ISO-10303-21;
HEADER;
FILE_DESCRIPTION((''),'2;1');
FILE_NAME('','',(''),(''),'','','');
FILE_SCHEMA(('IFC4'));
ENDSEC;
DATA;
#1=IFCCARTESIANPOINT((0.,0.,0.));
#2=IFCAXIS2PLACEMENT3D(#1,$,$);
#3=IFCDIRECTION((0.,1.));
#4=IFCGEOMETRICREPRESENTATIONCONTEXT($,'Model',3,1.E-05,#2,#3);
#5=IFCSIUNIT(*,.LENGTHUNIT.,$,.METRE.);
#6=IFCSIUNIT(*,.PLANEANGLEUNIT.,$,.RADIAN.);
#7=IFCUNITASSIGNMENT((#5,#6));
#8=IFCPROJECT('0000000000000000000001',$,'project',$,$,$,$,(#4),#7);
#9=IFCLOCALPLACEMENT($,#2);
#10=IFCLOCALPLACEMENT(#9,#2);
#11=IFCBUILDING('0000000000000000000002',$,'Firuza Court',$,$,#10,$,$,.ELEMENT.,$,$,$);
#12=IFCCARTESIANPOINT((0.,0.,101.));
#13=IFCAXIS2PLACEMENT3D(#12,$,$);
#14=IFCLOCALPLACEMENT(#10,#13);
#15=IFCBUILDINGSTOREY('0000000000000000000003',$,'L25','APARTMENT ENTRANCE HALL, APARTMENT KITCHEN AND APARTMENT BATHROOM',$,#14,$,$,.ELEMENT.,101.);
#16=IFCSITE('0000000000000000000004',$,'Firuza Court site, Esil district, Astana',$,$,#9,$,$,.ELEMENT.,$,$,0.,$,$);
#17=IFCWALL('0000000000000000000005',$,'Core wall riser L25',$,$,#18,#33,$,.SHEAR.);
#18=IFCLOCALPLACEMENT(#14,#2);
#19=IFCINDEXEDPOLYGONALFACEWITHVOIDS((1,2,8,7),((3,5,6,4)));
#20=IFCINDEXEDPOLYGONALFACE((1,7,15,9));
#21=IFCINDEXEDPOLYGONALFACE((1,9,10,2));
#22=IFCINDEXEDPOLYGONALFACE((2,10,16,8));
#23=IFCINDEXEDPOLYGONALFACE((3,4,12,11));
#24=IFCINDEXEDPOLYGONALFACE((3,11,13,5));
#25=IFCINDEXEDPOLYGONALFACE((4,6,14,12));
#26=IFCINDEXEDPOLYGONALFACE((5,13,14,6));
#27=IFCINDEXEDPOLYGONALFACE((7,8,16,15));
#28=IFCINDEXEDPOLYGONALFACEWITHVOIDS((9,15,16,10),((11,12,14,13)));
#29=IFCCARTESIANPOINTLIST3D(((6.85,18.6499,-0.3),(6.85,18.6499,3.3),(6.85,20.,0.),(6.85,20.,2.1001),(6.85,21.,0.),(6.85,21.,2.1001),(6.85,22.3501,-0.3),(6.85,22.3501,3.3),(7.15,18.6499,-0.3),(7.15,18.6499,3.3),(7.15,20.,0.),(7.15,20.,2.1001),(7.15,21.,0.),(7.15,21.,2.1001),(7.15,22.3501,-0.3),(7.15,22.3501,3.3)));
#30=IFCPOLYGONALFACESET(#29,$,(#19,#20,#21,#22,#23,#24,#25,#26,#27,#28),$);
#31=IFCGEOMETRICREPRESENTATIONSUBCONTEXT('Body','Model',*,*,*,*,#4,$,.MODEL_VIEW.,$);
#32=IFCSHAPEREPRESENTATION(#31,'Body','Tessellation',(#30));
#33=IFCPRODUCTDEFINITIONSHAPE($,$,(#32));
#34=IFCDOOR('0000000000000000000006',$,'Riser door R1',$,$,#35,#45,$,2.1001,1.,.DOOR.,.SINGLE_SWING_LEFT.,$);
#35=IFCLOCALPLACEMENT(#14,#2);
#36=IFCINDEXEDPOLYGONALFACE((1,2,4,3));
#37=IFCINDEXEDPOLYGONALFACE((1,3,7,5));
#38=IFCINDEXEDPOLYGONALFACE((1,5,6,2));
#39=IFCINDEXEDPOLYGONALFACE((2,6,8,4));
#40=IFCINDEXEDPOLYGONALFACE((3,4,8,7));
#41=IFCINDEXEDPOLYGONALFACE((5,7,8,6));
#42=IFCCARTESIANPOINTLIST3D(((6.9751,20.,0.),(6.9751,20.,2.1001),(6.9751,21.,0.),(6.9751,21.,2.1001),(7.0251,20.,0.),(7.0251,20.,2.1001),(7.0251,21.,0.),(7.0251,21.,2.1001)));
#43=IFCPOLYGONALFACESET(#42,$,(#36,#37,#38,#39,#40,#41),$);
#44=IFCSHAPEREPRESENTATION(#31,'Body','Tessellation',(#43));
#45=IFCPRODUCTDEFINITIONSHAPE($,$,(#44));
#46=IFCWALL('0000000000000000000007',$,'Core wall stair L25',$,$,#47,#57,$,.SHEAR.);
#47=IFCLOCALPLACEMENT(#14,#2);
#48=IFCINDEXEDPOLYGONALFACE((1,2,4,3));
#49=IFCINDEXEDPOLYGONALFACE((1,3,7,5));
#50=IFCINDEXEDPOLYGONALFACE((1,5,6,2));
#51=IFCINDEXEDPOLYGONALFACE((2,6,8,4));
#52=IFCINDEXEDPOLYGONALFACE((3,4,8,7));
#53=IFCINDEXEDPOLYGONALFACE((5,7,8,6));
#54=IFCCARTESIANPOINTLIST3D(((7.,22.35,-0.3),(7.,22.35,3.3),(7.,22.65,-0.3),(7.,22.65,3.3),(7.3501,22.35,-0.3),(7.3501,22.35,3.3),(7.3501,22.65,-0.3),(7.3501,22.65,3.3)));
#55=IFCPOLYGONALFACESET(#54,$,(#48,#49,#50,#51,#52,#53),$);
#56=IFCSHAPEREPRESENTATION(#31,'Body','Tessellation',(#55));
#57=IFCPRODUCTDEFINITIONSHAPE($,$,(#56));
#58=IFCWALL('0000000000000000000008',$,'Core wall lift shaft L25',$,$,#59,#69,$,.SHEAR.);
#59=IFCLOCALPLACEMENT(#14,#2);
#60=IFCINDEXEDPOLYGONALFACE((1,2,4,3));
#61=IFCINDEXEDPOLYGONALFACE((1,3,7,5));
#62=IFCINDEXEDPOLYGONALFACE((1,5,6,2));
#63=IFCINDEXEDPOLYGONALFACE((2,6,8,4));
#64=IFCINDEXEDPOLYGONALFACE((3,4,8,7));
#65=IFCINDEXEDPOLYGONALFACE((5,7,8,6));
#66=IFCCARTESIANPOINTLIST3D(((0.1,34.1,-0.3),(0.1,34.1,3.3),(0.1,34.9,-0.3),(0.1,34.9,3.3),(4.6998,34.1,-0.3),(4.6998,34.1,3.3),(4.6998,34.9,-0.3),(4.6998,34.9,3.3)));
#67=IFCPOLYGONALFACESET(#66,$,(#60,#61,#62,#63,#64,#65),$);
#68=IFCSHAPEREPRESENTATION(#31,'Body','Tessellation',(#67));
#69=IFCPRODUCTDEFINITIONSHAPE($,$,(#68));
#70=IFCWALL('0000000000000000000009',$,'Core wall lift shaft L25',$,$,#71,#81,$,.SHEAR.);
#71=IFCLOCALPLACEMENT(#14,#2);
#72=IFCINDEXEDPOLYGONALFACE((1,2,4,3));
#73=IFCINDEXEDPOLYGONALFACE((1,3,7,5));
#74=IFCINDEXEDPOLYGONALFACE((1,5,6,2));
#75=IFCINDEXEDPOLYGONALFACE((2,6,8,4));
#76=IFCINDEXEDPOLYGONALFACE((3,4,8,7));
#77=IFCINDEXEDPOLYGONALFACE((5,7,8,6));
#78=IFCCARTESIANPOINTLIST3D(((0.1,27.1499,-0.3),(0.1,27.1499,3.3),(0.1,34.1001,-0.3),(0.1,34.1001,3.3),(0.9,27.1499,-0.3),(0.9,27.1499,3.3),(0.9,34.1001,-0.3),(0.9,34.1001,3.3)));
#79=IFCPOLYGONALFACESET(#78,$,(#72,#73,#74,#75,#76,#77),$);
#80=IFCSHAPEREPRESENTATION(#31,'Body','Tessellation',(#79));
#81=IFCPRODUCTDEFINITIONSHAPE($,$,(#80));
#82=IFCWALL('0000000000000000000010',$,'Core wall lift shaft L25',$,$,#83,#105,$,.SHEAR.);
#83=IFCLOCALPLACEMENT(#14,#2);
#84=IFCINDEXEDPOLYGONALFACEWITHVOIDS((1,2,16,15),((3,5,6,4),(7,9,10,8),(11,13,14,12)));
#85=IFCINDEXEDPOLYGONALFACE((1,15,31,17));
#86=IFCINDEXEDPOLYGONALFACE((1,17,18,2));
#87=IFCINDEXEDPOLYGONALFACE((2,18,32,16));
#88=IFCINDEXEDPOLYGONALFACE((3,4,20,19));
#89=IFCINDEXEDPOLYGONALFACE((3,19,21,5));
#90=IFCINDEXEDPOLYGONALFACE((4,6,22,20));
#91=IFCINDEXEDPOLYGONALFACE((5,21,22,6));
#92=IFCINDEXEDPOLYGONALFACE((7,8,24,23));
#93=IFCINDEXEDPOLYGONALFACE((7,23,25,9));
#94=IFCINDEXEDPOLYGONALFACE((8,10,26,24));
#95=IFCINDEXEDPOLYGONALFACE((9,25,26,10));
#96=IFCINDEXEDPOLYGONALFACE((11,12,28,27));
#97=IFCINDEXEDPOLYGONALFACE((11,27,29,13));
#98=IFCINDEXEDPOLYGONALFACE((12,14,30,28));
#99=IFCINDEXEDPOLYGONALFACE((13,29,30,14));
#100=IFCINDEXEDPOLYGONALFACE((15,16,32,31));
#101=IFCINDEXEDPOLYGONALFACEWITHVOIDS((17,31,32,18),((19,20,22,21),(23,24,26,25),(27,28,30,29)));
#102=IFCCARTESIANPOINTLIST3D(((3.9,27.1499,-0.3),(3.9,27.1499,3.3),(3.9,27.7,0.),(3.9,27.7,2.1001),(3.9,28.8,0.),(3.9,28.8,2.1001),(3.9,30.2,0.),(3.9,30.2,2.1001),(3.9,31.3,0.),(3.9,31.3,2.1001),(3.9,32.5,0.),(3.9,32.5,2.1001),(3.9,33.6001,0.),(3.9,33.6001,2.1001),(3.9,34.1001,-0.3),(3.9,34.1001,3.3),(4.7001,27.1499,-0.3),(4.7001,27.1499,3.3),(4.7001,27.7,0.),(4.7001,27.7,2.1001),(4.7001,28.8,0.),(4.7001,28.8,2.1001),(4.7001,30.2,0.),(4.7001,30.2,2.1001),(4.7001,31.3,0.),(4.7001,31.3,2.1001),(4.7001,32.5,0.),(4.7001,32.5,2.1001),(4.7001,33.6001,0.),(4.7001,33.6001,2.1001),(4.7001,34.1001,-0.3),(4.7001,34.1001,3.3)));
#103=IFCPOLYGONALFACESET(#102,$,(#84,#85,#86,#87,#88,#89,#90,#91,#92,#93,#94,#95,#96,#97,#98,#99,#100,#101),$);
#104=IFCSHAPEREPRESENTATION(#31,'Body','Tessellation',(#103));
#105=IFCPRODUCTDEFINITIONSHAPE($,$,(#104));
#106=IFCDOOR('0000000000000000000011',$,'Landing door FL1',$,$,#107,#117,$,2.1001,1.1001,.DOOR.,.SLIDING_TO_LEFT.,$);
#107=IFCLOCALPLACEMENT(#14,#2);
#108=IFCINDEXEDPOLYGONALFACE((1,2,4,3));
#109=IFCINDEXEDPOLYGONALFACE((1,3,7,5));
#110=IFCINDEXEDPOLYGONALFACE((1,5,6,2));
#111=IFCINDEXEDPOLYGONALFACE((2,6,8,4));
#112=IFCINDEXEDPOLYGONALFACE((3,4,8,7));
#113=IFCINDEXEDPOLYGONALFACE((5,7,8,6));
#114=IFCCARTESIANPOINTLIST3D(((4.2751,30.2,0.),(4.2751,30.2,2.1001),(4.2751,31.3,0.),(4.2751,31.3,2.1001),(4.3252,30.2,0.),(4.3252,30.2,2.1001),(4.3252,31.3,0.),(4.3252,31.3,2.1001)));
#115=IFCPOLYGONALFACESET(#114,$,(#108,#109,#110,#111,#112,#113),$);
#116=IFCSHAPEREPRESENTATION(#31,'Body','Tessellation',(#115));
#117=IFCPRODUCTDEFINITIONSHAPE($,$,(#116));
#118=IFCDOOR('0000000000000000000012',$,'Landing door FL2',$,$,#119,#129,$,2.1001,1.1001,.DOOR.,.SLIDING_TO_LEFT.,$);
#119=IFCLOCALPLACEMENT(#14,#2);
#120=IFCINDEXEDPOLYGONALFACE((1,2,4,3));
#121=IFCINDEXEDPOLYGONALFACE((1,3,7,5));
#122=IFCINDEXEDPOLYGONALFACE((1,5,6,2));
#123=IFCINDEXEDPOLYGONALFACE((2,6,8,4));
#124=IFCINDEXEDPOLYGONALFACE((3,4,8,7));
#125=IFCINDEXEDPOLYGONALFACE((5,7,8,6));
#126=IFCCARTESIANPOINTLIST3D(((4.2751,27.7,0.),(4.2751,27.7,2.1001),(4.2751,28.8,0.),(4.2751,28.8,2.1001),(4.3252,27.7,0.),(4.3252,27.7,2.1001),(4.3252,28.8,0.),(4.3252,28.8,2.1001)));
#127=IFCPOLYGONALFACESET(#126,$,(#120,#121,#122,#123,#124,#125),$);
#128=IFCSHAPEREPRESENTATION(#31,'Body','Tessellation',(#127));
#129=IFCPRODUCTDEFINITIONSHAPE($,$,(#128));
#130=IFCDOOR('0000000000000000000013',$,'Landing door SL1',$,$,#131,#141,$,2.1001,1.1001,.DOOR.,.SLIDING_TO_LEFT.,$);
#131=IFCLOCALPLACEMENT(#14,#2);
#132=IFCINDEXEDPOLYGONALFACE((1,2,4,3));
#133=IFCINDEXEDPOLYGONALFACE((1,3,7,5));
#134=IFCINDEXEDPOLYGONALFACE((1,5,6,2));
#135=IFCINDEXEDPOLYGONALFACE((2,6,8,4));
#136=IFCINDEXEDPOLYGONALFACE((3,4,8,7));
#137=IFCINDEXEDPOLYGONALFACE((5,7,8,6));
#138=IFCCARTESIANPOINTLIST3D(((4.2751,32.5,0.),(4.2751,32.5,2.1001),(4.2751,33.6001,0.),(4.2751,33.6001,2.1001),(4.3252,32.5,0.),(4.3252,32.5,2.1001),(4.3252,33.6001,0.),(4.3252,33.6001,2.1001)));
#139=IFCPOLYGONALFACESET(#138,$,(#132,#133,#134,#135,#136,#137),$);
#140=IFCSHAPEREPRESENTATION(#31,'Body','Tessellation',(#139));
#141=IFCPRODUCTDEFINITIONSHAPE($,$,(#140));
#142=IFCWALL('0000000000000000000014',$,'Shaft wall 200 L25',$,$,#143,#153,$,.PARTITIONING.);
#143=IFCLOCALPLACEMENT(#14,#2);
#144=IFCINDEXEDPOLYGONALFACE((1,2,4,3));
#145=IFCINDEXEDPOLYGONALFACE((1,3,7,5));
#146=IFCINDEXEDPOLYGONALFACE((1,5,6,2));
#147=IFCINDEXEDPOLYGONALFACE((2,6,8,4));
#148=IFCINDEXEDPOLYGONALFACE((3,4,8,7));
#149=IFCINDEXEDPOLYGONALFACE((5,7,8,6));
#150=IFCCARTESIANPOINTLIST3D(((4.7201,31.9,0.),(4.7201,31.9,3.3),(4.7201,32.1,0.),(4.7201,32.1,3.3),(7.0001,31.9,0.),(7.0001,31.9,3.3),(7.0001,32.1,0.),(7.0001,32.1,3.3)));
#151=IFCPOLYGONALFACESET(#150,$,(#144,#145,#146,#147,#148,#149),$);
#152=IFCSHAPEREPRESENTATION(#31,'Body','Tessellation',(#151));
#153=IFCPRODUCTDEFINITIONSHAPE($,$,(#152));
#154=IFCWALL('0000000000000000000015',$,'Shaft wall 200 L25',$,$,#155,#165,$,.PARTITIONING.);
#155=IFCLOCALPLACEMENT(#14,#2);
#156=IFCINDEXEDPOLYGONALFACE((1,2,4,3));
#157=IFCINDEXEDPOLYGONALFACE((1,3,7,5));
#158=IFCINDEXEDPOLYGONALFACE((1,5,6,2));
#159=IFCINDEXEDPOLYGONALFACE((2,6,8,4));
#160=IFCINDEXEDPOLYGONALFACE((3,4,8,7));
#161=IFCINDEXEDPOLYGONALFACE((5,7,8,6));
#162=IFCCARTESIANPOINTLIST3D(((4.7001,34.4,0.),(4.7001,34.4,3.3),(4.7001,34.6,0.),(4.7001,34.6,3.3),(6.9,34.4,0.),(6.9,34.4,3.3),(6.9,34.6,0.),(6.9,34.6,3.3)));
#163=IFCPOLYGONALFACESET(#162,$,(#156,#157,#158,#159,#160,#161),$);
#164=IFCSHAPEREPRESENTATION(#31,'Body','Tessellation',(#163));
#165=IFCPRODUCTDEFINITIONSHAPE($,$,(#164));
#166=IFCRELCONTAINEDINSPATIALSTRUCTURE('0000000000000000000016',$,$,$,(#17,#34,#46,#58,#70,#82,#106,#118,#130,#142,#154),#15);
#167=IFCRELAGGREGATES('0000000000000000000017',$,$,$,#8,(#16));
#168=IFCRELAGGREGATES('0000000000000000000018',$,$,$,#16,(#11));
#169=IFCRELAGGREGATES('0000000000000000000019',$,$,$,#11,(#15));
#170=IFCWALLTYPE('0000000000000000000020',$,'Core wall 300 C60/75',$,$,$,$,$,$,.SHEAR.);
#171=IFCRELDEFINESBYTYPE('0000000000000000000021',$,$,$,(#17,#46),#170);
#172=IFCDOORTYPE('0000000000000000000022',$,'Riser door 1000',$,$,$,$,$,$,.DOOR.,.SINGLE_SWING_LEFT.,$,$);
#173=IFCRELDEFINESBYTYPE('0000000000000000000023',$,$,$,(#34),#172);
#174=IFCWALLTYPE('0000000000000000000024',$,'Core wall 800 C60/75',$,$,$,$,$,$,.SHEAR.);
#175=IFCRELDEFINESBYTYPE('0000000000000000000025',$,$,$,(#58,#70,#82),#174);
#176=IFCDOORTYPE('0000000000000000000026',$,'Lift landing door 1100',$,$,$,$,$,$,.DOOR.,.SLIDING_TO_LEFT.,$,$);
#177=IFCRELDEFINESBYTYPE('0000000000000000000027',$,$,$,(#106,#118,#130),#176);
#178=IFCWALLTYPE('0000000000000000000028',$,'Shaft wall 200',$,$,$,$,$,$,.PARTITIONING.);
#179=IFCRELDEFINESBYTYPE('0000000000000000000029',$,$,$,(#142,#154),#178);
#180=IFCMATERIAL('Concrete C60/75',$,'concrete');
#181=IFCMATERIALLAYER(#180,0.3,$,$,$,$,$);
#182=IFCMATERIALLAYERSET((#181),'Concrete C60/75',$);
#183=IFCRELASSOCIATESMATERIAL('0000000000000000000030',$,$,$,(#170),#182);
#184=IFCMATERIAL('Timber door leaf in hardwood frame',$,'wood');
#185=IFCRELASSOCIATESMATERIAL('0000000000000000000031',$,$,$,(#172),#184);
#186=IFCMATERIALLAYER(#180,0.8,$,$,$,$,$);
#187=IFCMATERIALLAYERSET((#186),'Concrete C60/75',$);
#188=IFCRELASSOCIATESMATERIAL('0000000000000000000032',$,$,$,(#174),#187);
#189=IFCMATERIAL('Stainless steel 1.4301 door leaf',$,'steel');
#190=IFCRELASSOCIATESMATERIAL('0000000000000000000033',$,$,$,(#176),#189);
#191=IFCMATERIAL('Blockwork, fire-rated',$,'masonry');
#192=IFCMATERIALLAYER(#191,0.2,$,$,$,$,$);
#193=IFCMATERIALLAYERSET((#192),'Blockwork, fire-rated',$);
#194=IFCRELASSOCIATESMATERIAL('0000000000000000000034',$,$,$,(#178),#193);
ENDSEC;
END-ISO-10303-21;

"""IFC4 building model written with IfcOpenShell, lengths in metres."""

from ifc_helpers import new_model, si_unit, direction, frame, frame_2d, origin, place, context, subcontext, project, spatial, rectangle, extrude, material, layer, layer_set, type_object, element, fill, save


model = new_model("IFC4")

# Units and contexts
model_context = context("Model", 3, precision=1e-05, world=origin(), true_north=direction((0.0, 1.0)))
body_context = subcontext(model_context, "Body", "Model", "MODEL_VIEW")
ifc_project = project(units=[si_unit("LENGTHUNIT", "METRE"), si_unit("PLANEANGLEUNIT", "RADIAN")], contexts=[model_context])

# Site, building, storey
site_placement = place(None, origin())
site = spatial("IfcSite", under=ifc_project, at=site_placement, Name="Firuza Court site, Esil district, Astana", CompositionType="ELEMENT", RefElevation=0.0)
building_placement = place(site_placement, origin())
building = spatial("IfcBuilding", under=site, at=building_placement, Name="Firuza Court", CompositionType="ELEMENT")
storey_placement = place(building_placement, frame((0.0, 0.0, 101.0)))
storey = spatial("IfcBuildingStorey", under=building, at=storey_placement, Name="L25", Description="APARTMENT ENTRANCE HALL, APARTMENT KITCHEN AND APARTMENT BATHROOM", CompositionType="ELEMENT", Elevation=101.0)

# Shared definitions
ifc_material_1 = material(Name="Concrete C60/75", Category="concrete")
ifc_layer_1 = layer(ifc_material_1, 0.3)
ifc_layer_set_1 = layer_set([ifc_layer_1], Name="Concrete C60/75")
wall_type_1 = type_object("IfcWallType", Name="Core wall 300 C60/75", PredefinedType="SHEAR", material=ifc_layer_set_1)

# Wall, opening, door
wall_1_placement = place(storey_placement, frame((7.0, 18.6499, -0.3), z_axis=(0.0, 0.0, 1.0), x_axis=(0.0, 1.0, 0.0)))
wall_1 = element("IfcWall", 1, at=wall_1_placement, inside=storey, type_object=wall_type_1, Name="Core wall riser L25", PredefinedType="SHEAR", context=body_context, shape_type="SweptSolid", body=[
    extrude(rectangle(XDim=3.7002, YDim=0.3, at=frame_2d((1.8501, 0.0))), origin(), (0.0, 0.0, 1.0), 3.6001),
])
opening_1_placement = place(wall_1_placement, frame((1.3501, 0.0, 0.3)))
opening_1 = element("IfcOpeningElement", 2, at=opening_1_placement, cuts=wall_1, PredefinedType="OPENING", context=body_context, shape_type="SweptSolid", body=[
    extrude(rectangle(XDim=1.0, YDim=2.1001, at=frame_2d((0.5, 1.05))), frame((0.0, 0.1621, 0.0), z_axis=(0.0, -1.0, 0.0), x_axis=(1.0, 0.0, 0.0)), (0.0, 0.0, 1.0), 0.324),
])
ifc_material_2 = material(Name="Timber door leaf in hardwood frame", Category="wood")
door_type_1 = type_object("IfcDoorType", Name="Riser door 1000", OperationType="SINGLE_SWING_LEFT", PredefinedType="DOOR", material=ifc_material_2)
door_1_placement = place(opening_1_placement, origin())
door_1 = element("IfcDoor", 3, at=door_1_placement, inside=storey, type_object=door_type_1, Name="Riser door R1", OperationType="SINGLE_SWING_LEFT", OverallHeight=2.1001, OverallWidth=1.0, PredefinedType="DOOR", context=body_context, shape_type="SweptSolid", body=[
    extrude(rectangle(XDim=1.0, YDim=2.1001, at=frame_2d((0.5, 1.05))), frame((0.0, 0.0249, 0.0), z_axis=(0.0, -1.0, 0.0), x_axis=(1.0, 0.0, 0.0)), (0.0, 0.0, 1.0), 0.05),
])
fill(opening_1, door_1)

# Walls
wall_2_placement = place(storey_placement, frame((7.0, 22.5, -0.3), z_axis=(0.0, 0.0, 1.0), x_axis=(1.0, 0.0, 0.0)))
element("IfcWall", 4, at=wall_2_placement, inside=storey, type_object=wall_type_1, Name="Core wall stair L25", PredefinedType="SHEAR", context=body_context, shape_type="SweptSolid", body=[
    extrude(rectangle(XDim=0.3501, YDim=0.3, at=frame_2d((0.175, 0.0))), origin(), (0.0, 0.0, 1.0), 3.6001),
])
ifc_layer_2 = layer(ifc_material_1, 0.8)
ifc_layer_set_2 = layer_set([ifc_layer_2], Name="Concrete C60/75")
wall_type_2 = type_object("IfcWallType", Name="Core wall 800 C60/75", PredefinedType="SHEAR", material=ifc_layer_set_2)
wall_3_placement = place(storey_placement, frame((0.1001, 34.5, -0.3), z_axis=(0.0, 0.0, 1.0), x_axis=(1.0, 0.0, 0.0)))
element("IfcWall", 5, at=wall_3_placement, inside=storey, type_object=wall_type_2, Name="Core wall lift shaft L25", PredefinedType="SHEAR", context=body_context, shape_type="SweptSolid", body=[
    extrude(rectangle(XDim=4.5999, YDim=0.8, at=frame_2d((2.2998, 0.0))), origin(), (0.0, 0.0, 1.0), 3.6001),
])
wall_4_placement = place(storey_placement, frame((0.5, 27.1499, -0.3), z_axis=(0.0, 0.0, 1.0), x_axis=(0.0, 1.0, 0.0)))
element("IfcWall", 6, at=wall_4_placement, inside=storey, type_object=wall_type_2, Name="Core wall lift shaft L25", PredefinedType="SHEAR", context=body_context, shape_type="SweptSolid", body=[
    extrude(rectangle(XDim=6.9502, YDim=0.8, at=frame_2d((3.4751, 0.0))), origin(), (0.0, 0.0, 1.0), 3.6001),
])

# Wall, openings, doors
wall_5_placement = place(storey_placement, frame((4.3, 27.1499, -0.3), z_axis=(0.0, 0.0, 1.0), x_axis=(0.0, 1.0, 0.0)))
wall_5 = element("IfcWall", 7, at=wall_5_placement, inside=storey, type_object=wall_type_2, Name="Core wall lift shaft L25", PredefinedType="SHEAR", context=body_context, shape_type="SweptSolid", body=[
    extrude(rectangle(XDim=6.9502, YDim=0.8, at=frame_2d((3.4751, 0.0))), origin(), (0.0, 0.0, 1.0), 3.6001),
])
opening_2_placement = place(wall_5_placement, frame((3.05, 0.0, 0.3)))
opening_2 = element("IfcOpeningElement", 8, at=opening_2_placement, cuts=wall_5, PredefinedType="OPENING", context=body_context, shape_type="SweptSolid", body=[
    extrude(rectangle(XDim=1.1001, YDim=2.1001, at=frame_2d((0.55, 1.05))), frame((0.0, 0.4121, 0.0), z_axis=(0.0, -1.0, 0.0), x_axis=(1.0, 0.0, 0.0)), (0.0, 0.0, 1.0), 0.824),
])
opening_3_placement = place(wall_5_placement, frame((0.55, 0.0, 0.3)))
opening_3 = element("IfcOpeningElement", 9, at=opening_3_placement, cuts=wall_5, PredefinedType="OPENING", context=body_context, shape_type="SweptSolid", body=[
    extrude(rectangle(XDim=1.1001, YDim=2.1001, at=frame_2d((0.55, 1.05))), frame((0.0, 0.4121, 0.0), z_axis=(0.0, -1.0, 0.0), x_axis=(1.0, 0.0, 0.0)), (0.0, 0.0, 1.0), 0.824),
])
opening_4_placement = place(wall_5_placement, frame((5.3501, 0.0, 0.3)))
opening_4 = element("IfcOpeningElement", 10, at=opening_4_placement, cuts=wall_5, PredefinedType="OPENING", context=body_context, shape_type="SweptSolid", body=[
    extrude(rectangle(XDim=1.1001, YDim=2.1001, at=frame_2d((0.55, 1.05))), frame((0.0, 0.4121, 0.0), z_axis=(0.0, -1.0, 0.0), x_axis=(1.0, 0.0, 0.0)), (0.0, 0.0, 1.0), 0.824),
])
ifc_material_3 = material(Name="Stainless steel 1.4301 door leaf", Category="steel")
door_type_2 = type_object("IfcDoorType", Name="Lift landing door 1100", OperationType="SLIDING_TO_LEFT", PredefinedType="DOOR", material=ifc_material_3)
door_2_placement = place(opening_2_placement, origin())
door_2 = element("IfcDoor", 11, at=door_2_placement, inside=storey, type_object=door_type_2, Name="Landing door FL1", OperationType="SLIDING_TO_LEFT", OverallHeight=2.1001, OverallWidth=1.1001, PredefinedType="DOOR", context=body_context, shape_type="SweptSolid", body=[
    extrude(rectangle(XDim=1.1001, YDim=2.1001, at=frame_2d((0.55, 1.05))), frame((0.0, 0.0249, 0.0), z_axis=(0.0, -1.0, 0.0), x_axis=(1.0, 0.0, 0.0)), (0.0, 0.0, 1.0), 0.05),
])
fill(opening_2, door_2)
door_3_placement = place(opening_3_placement, origin())
door_3 = element("IfcDoor", 12, at=door_3_placement, inside=storey, type_object=door_type_2, Name="Landing door FL2", OperationType="SLIDING_TO_LEFT", OverallHeight=2.1001, OverallWidth=1.1001, PredefinedType="DOOR", context=body_context, shape_type="SweptSolid", body=[
    extrude(rectangle(XDim=1.1001, YDim=2.1001, at=frame_2d((0.55, 1.05))), frame((0.0, 0.0249, 0.0), z_axis=(0.0, -1.0, 0.0), x_axis=(1.0, 0.0, 0.0)), (0.0, 0.0, 1.0), 0.05),
])
fill(opening_3, door_3)
door_4_placement = place(opening_4_placement, origin())
door_4 = element("IfcDoor", 13, at=door_4_placement, inside=storey, type_object=door_type_2, Name="Landing door SL1", OperationType="SLIDING_TO_LEFT", OverallHeight=2.1001, OverallWidth=1.1001, PredefinedType="DOOR", context=body_context, shape_type="SweptSolid", body=[
    extrude(rectangle(XDim=1.1001, YDim=2.1001, at=frame_2d((0.55, 1.05))), frame((0.0, 0.0249, 0.0), z_axis=(0.0, -1.0, 0.0), x_axis=(1.0, 0.0, 0.0)), (0.0, 0.0, 1.0), 0.05),
])
fill(opening_4, door_4)

# Walls
ifc_material_4 = material(Name="Blockwork, fire-rated", Category="masonry")
ifc_layer_3 = layer(ifc_material_4, 0.2)
ifc_layer_set_3 = layer_set([ifc_layer_3], Name="Blockwork, fire-rated")
wall_type_3 = type_object("IfcWallType", Name="Shaft wall 200", PredefinedType="PARTITIONING", material=ifc_layer_set_3)
wall_6_placement = place(storey_placement, frame((4.72, 32.0, 0.0), z_axis=(0.0, 0.0, 1.0), x_axis=(1.0, 0.0, 0.0)))
element("IfcWall", 14, at=wall_6_placement, inside=storey, type_object=wall_type_3, Name="Shaft wall 200 L25", PredefinedType="PARTITIONING", context=body_context, shape_type="SweptSolid", body=[
    extrude(rectangle(XDim=2.28, YDim=0.2, at=frame_2d((1.1401, 0.0))), origin(), (0.0, 0.0, 1.0), 3.3),
])
wall_7_placement = place(storey_placement, frame((4.7, 34.5, 0.0), z_axis=(0.0, 0.0, 1.0), x_axis=(1.0, 0.0, 0.0)))
element("IfcWall", 15, at=wall_7_placement, inside=storey, type_object=wall_type_3, Name="Shaft wall 200 L25", PredefinedType="PARTITIONING", context=body_context, shape_type="SweptSolid", body=[
    extrude(rectangle(XDim=2.2, YDim=0.2, at=frame_2d((1.1001, 0.0))), origin(), (0.0, 0.0, 1.0), 3.3),
])

save(model, "model.ifc")
